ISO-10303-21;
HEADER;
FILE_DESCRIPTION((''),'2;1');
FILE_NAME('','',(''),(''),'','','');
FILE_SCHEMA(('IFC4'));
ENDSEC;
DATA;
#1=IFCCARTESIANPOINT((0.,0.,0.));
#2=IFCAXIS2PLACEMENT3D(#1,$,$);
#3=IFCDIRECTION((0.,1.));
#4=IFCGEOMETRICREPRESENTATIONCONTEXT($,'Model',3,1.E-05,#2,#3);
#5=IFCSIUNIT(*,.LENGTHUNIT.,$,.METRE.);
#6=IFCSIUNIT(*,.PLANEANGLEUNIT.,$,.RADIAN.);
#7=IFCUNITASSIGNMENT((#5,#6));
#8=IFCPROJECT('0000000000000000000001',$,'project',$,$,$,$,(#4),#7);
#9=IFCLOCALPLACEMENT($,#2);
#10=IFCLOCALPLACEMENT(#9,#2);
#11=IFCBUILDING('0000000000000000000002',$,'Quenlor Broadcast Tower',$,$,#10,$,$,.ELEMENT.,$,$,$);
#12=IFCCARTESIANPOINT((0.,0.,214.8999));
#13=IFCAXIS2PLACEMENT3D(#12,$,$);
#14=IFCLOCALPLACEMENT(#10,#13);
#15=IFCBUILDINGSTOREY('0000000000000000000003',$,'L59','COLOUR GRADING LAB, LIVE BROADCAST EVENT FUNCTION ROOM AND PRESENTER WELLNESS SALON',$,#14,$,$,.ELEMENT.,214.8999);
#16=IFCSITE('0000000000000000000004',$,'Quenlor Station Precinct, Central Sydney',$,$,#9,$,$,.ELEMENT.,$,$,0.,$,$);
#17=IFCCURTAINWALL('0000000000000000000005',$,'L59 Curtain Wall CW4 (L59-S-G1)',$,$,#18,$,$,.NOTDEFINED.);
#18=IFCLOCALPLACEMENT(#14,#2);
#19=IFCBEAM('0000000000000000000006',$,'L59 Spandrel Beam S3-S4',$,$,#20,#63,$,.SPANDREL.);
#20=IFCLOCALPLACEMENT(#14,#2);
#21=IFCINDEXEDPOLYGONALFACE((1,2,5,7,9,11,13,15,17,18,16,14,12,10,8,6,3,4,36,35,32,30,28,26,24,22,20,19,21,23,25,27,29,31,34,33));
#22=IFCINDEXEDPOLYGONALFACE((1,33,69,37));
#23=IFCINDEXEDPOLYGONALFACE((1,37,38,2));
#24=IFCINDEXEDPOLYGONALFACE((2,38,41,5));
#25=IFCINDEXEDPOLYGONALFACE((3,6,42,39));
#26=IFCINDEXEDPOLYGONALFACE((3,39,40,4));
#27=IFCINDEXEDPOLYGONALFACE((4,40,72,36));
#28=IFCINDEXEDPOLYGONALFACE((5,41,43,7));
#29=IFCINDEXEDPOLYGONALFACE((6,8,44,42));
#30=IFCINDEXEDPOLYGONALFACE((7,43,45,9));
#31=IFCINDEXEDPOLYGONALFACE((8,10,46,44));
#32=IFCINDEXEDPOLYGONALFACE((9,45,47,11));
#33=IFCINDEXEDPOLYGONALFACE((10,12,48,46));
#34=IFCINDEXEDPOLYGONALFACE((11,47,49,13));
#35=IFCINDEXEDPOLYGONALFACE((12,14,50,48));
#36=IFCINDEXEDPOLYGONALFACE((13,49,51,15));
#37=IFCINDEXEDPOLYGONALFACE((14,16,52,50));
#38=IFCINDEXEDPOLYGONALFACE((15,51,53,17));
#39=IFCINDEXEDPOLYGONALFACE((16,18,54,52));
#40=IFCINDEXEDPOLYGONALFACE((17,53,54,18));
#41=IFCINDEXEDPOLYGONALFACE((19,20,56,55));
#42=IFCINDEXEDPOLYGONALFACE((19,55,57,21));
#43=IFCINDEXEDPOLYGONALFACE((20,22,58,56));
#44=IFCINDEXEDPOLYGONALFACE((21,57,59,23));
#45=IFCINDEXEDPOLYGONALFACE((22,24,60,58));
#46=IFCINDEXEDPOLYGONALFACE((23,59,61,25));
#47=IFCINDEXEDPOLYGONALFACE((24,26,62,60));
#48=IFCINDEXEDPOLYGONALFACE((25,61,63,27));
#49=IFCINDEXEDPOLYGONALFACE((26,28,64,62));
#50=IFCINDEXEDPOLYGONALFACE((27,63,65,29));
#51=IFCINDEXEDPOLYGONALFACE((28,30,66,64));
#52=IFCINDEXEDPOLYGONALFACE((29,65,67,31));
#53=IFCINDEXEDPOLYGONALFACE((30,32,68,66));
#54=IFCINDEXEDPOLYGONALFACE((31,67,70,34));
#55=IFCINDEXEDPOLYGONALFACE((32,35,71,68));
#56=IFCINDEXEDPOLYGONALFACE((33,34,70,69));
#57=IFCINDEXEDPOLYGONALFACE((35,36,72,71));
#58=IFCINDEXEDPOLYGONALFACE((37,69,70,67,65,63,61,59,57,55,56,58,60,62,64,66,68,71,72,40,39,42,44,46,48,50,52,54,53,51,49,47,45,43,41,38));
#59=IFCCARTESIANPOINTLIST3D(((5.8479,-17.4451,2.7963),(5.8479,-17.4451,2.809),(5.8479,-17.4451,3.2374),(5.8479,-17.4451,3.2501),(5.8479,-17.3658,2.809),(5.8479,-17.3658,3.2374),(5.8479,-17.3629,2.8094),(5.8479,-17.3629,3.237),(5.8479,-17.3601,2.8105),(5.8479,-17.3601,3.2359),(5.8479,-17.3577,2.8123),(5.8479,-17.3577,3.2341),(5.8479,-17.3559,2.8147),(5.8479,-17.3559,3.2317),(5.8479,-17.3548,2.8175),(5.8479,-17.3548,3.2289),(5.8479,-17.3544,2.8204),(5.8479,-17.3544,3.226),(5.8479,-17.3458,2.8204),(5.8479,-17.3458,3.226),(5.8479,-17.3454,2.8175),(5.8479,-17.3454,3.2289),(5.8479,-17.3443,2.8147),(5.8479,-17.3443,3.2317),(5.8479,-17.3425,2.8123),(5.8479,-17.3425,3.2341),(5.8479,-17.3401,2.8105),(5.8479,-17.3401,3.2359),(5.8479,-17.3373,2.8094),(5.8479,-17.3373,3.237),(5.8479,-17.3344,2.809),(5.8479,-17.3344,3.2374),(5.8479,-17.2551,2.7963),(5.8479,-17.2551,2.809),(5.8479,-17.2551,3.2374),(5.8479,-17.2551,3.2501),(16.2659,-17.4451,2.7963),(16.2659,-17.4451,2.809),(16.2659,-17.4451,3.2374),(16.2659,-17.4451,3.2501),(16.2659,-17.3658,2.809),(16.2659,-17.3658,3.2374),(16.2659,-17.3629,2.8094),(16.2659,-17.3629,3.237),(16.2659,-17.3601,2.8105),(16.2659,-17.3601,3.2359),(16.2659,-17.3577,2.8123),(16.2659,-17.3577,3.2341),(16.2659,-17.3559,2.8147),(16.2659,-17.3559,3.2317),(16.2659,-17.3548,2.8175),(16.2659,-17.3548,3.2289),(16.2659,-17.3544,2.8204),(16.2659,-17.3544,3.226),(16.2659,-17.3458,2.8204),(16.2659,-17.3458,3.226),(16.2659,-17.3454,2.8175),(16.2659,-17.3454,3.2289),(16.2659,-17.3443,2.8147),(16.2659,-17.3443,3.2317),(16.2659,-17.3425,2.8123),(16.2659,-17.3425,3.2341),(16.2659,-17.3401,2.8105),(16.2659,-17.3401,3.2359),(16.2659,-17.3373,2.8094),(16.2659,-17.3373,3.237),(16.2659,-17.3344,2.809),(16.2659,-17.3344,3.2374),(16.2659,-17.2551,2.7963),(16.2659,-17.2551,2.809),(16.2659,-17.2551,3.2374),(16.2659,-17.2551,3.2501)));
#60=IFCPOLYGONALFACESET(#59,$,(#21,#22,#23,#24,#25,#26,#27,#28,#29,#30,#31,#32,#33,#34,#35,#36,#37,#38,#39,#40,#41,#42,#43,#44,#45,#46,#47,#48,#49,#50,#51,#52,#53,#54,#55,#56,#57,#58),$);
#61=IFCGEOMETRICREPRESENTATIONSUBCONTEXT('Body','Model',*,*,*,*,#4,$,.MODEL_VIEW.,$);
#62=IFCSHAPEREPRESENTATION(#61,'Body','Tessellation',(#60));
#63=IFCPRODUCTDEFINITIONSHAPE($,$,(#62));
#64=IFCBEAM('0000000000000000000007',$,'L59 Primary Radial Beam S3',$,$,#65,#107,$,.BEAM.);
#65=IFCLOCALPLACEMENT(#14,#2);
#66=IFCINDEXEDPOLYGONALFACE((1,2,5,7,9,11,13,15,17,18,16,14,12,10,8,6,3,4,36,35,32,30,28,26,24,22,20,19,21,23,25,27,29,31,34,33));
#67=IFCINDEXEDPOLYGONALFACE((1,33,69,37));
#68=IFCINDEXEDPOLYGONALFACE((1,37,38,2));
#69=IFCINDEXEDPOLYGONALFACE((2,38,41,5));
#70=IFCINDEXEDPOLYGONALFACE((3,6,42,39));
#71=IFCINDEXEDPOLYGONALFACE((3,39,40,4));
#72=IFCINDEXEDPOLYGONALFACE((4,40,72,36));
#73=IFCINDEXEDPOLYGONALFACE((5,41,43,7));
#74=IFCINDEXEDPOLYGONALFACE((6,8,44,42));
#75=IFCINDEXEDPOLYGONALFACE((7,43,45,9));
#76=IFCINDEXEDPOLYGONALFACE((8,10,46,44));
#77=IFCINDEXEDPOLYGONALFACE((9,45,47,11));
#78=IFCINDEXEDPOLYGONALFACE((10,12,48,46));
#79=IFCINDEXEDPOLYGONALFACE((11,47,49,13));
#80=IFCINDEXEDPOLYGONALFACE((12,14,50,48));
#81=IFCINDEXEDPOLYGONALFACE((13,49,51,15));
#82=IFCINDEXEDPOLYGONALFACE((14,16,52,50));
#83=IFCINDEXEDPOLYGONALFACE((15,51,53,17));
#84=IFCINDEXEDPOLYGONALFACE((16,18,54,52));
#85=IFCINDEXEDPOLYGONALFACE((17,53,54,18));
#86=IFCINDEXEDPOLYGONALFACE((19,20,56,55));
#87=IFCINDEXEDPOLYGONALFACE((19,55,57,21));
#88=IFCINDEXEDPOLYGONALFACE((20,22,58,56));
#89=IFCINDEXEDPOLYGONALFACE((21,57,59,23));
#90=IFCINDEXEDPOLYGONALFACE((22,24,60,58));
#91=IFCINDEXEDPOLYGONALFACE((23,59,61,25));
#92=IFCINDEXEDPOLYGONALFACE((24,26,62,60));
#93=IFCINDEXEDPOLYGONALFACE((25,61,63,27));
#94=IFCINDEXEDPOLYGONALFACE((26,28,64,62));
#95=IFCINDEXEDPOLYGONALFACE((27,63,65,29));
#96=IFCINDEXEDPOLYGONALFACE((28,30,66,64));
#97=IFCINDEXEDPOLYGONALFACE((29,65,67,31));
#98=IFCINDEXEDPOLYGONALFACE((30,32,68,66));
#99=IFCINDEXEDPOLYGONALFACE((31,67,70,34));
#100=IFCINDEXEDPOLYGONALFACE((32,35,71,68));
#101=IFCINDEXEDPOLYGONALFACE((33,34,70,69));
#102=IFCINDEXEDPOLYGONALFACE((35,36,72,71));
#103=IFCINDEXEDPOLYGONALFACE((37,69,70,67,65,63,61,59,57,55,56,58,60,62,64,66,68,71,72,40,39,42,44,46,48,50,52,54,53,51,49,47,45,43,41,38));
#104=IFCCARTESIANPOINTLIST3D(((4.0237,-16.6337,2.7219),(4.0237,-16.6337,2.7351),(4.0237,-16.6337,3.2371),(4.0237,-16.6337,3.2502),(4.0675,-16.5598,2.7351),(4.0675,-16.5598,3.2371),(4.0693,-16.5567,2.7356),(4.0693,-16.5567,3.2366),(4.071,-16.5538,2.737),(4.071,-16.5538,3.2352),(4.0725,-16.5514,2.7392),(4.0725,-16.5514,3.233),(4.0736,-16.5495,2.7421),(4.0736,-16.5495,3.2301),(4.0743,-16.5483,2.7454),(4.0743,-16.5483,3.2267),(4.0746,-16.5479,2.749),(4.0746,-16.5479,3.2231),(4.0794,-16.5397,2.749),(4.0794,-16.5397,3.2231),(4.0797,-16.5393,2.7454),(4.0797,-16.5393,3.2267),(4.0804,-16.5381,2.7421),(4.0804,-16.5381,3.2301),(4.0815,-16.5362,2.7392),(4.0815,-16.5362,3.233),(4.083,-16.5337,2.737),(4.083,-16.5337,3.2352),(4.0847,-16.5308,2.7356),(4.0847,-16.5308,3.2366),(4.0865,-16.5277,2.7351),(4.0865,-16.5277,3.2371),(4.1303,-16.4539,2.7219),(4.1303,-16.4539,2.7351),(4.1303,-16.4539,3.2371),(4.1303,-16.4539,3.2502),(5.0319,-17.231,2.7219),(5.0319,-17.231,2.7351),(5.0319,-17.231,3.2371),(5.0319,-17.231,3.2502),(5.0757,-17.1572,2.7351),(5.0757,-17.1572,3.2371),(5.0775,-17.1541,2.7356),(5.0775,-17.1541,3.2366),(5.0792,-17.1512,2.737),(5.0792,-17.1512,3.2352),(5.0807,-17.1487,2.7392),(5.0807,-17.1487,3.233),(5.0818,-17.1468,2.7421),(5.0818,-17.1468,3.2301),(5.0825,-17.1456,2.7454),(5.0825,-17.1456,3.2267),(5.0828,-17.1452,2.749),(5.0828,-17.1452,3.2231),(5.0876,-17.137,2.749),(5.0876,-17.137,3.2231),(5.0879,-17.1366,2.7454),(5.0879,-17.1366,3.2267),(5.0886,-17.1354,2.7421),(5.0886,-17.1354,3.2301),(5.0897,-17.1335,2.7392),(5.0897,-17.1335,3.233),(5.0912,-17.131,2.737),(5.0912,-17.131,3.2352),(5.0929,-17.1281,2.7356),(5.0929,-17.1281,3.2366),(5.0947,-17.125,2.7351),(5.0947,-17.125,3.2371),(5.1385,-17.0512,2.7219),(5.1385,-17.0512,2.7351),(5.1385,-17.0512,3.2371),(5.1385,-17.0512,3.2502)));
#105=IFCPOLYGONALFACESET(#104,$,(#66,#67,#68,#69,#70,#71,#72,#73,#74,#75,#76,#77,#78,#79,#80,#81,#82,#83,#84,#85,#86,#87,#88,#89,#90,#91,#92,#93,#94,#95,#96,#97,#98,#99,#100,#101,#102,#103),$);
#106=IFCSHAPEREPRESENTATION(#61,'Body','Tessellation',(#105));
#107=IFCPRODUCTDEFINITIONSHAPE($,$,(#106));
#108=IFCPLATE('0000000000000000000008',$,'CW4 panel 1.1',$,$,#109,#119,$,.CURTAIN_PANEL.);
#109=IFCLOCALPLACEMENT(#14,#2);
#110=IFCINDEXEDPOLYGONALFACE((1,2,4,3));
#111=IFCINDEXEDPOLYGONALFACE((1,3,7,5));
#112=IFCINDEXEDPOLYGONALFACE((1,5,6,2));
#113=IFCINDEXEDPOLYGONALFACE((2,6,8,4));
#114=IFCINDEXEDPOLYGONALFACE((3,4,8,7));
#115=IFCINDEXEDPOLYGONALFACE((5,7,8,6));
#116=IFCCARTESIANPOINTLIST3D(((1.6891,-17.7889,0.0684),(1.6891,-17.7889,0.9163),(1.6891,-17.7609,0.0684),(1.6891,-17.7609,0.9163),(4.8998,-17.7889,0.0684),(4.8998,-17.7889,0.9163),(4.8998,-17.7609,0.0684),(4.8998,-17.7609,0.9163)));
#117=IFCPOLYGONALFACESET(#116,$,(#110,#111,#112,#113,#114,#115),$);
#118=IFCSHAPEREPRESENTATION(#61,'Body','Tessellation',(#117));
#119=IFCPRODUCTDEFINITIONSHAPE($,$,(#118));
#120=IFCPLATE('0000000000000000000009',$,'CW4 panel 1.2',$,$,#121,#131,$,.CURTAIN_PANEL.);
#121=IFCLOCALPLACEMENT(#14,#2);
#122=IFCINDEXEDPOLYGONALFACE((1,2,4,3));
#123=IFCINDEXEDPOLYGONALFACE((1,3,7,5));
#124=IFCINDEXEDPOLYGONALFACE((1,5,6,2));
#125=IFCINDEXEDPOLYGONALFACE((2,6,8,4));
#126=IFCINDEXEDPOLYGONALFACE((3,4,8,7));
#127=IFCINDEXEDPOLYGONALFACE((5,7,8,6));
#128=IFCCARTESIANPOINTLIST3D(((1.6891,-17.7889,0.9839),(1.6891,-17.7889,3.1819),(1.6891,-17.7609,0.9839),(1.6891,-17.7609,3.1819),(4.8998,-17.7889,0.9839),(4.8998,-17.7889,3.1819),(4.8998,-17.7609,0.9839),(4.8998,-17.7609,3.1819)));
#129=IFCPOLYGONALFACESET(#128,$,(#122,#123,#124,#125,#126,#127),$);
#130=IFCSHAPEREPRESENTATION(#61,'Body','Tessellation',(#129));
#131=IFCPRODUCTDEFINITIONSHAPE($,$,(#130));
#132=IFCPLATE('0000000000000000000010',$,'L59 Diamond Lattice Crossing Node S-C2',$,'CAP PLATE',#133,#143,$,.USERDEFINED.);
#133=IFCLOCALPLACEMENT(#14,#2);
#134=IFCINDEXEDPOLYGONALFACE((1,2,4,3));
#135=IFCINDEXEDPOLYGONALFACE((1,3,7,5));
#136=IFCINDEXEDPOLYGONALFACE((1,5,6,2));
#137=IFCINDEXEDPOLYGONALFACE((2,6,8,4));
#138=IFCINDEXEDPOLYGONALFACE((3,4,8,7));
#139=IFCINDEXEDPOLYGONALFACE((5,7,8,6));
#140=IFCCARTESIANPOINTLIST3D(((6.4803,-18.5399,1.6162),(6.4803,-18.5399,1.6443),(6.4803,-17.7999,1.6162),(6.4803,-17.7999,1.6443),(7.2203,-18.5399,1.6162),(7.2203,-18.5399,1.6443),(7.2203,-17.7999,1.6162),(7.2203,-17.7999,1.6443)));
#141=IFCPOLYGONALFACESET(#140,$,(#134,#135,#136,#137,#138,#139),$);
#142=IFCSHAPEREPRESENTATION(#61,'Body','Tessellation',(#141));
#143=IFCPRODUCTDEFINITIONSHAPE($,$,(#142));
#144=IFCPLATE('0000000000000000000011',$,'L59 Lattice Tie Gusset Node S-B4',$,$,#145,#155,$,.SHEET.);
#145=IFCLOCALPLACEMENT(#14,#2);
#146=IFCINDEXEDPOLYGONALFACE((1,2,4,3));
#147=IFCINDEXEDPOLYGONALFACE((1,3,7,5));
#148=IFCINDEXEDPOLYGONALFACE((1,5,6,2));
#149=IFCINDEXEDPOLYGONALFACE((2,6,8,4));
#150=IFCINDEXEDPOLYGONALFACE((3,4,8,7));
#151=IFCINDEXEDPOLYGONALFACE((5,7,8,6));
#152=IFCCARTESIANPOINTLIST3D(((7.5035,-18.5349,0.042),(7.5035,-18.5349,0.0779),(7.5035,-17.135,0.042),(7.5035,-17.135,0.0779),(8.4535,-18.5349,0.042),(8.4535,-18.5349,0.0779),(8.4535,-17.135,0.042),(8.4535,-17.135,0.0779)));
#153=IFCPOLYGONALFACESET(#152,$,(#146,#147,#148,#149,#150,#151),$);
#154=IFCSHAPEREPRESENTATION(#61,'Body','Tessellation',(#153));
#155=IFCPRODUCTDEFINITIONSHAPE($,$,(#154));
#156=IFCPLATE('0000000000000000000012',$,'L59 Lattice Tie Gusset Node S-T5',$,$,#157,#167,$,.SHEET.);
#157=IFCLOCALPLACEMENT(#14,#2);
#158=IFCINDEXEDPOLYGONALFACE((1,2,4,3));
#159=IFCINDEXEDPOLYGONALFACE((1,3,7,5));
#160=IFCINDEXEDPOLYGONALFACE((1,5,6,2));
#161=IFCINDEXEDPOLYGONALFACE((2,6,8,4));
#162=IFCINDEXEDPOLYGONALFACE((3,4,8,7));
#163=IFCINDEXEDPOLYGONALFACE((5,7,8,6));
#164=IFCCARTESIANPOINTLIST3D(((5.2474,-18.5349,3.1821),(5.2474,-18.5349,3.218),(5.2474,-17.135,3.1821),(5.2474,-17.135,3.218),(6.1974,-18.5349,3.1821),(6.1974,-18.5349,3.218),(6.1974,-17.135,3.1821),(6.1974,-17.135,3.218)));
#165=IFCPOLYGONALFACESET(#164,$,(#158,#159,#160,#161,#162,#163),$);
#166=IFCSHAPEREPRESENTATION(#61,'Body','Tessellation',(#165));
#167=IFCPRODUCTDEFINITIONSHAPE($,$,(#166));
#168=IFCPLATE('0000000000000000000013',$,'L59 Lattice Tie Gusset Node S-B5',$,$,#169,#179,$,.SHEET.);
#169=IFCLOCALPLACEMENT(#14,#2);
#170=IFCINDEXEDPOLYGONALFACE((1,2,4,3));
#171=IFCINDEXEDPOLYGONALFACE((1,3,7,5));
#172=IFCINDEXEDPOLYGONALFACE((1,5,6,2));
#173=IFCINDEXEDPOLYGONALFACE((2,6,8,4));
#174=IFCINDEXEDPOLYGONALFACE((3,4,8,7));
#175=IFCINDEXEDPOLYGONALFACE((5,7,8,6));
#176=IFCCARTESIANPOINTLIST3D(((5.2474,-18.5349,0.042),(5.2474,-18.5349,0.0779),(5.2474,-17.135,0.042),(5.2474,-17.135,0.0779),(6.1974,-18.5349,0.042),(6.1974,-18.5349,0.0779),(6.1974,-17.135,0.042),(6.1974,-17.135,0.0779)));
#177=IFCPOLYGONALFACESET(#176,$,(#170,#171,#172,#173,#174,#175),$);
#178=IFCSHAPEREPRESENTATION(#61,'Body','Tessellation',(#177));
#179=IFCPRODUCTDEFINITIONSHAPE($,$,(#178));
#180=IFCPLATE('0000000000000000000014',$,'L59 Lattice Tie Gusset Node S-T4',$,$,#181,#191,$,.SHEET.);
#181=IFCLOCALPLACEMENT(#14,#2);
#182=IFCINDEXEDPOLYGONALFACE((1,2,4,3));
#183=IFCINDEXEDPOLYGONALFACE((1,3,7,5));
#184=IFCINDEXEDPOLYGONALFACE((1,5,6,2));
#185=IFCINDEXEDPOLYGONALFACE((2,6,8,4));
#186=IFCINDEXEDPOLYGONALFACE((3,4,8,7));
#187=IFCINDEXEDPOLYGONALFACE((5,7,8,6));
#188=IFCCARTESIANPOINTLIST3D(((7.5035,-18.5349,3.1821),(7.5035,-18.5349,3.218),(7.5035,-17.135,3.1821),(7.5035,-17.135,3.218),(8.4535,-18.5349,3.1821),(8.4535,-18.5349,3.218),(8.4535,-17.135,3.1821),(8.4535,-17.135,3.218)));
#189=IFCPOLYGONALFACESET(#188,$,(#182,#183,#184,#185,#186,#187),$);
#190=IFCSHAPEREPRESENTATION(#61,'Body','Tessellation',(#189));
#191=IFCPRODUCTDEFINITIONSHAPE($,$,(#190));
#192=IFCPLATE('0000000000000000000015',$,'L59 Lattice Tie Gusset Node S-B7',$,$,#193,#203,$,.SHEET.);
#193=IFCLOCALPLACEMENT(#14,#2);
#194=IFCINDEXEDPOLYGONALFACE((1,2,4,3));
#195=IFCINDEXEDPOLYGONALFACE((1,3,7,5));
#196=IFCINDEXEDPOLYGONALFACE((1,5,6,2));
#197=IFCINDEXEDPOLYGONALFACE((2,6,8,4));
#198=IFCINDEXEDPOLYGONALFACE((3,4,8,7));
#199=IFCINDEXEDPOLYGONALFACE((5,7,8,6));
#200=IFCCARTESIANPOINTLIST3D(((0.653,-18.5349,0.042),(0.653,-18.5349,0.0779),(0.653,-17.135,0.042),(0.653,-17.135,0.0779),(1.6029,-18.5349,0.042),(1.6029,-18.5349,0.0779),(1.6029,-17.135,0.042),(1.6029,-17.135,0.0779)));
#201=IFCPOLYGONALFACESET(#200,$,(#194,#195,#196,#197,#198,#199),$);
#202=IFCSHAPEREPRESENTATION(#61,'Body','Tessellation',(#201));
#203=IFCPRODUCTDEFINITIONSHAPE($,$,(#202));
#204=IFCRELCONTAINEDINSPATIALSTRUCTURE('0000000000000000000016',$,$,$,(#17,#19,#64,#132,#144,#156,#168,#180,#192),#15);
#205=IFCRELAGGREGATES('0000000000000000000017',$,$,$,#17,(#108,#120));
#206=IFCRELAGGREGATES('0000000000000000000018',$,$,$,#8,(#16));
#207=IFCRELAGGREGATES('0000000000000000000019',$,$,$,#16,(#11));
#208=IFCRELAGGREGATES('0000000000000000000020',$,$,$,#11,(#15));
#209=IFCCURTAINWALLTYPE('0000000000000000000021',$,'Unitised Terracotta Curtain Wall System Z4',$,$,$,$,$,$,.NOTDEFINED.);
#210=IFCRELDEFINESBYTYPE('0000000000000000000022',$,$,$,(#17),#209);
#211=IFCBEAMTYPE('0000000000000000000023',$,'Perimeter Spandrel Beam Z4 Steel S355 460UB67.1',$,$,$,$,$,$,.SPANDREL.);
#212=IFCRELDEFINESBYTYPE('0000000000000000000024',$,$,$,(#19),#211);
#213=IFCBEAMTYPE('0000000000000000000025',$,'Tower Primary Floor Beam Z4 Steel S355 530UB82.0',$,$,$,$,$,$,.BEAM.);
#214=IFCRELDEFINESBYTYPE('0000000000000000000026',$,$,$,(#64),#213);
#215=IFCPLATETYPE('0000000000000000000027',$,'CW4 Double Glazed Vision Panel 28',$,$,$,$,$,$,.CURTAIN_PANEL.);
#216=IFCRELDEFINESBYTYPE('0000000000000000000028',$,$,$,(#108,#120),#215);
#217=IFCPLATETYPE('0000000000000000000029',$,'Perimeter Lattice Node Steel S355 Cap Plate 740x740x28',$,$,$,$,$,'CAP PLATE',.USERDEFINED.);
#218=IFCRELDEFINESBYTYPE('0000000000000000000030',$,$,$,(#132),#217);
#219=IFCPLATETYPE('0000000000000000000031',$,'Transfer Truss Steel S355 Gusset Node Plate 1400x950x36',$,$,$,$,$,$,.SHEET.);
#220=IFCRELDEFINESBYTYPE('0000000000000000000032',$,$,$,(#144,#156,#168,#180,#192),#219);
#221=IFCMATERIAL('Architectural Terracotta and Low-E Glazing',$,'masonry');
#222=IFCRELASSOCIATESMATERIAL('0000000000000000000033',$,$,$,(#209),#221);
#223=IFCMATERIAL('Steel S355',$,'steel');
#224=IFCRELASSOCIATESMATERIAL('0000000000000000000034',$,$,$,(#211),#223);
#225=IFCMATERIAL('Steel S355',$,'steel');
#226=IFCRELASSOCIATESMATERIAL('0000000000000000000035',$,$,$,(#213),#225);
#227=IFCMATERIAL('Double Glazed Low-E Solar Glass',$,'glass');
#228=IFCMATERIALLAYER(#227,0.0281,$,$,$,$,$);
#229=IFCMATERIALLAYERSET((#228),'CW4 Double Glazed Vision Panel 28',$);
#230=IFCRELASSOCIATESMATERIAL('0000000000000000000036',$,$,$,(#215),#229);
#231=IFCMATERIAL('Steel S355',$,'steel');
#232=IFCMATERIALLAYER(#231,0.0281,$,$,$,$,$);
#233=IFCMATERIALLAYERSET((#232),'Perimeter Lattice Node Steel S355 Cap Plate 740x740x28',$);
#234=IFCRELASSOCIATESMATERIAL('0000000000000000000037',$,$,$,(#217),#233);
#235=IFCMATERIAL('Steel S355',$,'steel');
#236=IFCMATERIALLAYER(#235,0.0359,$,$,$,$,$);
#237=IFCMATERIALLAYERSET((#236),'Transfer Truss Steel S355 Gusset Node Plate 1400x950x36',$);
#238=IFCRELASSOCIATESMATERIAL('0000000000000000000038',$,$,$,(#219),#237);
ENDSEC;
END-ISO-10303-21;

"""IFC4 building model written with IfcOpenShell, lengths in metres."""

from ifc_helpers import new_model, si_unit, direction, frame, origin, origin_2d, place, context, subcontext, project, spatial, rectangle, i_section, extrude, material, layer, layer_set, material_profile, profile_set, type_object, element, aggregate, save


model = new_model("IFC4")

# Units and contexts
model_context = context("Model", 3, precision=1e-05, world=origin(), true_north=direction((0.0, 1.0)))
body_context = subcontext(model_context, "Body", "Model", "MODEL_VIEW")
ifc_project = project(units=[si_unit("LENGTHUNIT", "METRE"), si_unit("PLANEANGLEUNIT", "RADIAN")], contexts=[model_context])

# Site, building, storey
site_placement = place(None, origin())
site = spatial("IfcSite", under=ifc_project, at=site_placement, Name="Quenlor Station Precinct, Central Sydney", CompositionType="ELEMENT", RefElevation=0.0)
building_placement = place(site_placement, origin())
building = spatial("IfcBuilding", under=site, at=building_placement, Name="Quenlor Broadcast Tower", CompositionType="ELEMENT")
storey_placement = place(building_placement, frame((0.0, 0.0, 214.8999)))
storey = spatial("IfcBuildingStorey", under=building, at=storey_placement, Name="L59", Description="COLOUR GRADING LAB, LIVE BROADCAST EVENT FUNCTION ROOM AND PRESENTER WELLNESS SALON", CompositionType="ELEMENT", Elevation=214.8999)

# Curtain wall
ifc_material_1 = material(Name="Architectural Terracotta and Low-E Glazing", Category="masonry")
curtain_wall_type = type_object("IfcCurtainWallType", Name="Unitised Terracotta Curtain Wall System Z4", PredefinedType="NOTDEFINED", material=ifc_material_1)
curtain_wall_placement = place(storey_placement, origin())
curtain_wall = element("IfcCurtainWall", 1, at=curtain_wall_placement, inside=storey, type_object=curtain_wall_type, Name="L59 Curtain Wall CW4 (L59-S-G1)", PredefinedType="NOTDEFINED")

# Beams
ifc_material_2 = material(Name="Steel S355", Category="steel")
ifc_material_profile_1 = material_profile(ifc_material_2, i_section(OverallWidth=0.1899, OverallDepth=0.4539, WebThickness=0.0085, FlangeThickness=0.0127, FilletRadius=0.0115, at=origin_2d()))
ifc_profile_set_1 = profile_set([ifc_material_profile_1], Name="Steel S355 460UB67.1")
beam_type_1 = type_object("IfcBeamType", Name="Perimeter Spandrel Beam Z4 Steel S355 460UB67.1", PredefinedType="SPANDREL", material=ifc_profile_set_1)
beam_1_placement = place(storey_placement, frame((5.8479, -17.3501, 3.0232), z_axis=(1.0, 0.0, 0.0), x_axis=(0.0, 1.0, 0.0)))
element("IfcBeam", 2, at=beam_1_placement, inside=storey, type_object=beam_type_1, Name="L59 Spandrel Beam S3-S4", PredefinedType="SPANDREL", context=body_context, shape_type="SweptSolid", body=[
    extrude(i_section(OverallWidth=0.1899, OverallDepth=0.4539, WebThickness=0.0085, FlangeThickness=0.0127, FilletRadius=0.0115, at=origin_2d()), origin(), (0.0, 0.0, 1.0), 10.418),
])
ifc_material_3 = material(Name="Steel S355", Category="steel")
ifc_material_profile_2 = material_profile(ifc_material_3, i_section(OverallWidth=0.209, OverallDepth=0.5283, WebThickness=0.0095, FlangeThickness=0.0132, FilletRadius=0.0139, at=origin_2d()))
ifc_profile_set_2 = profile_set([ifc_material_profile_2], Name="Steel S355 530UB82.0")
beam_type_2 = type_object("IfcBeamType", Name="Tower Primary Floor Beam Z4 Steel S355 530UB82.0", PredefinedType="BEAM", material=ifc_profile_set_2)
beam_2_placement = place(storey_placement, frame((5.0852, -17.1411, 2.9861), z_axis=(-0.860329, 0.50974, 0.0), x_axis=(-0.50974, -0.860329, 0.0)))
element("IfcBeam", 3, at=beam_2_placement, inside=storey, type_object=beam_type_2, Name="L59 Primary Radial Beam S3", PredefinedType="BEAM", context=body_context, shape_type="SweptSolid", body=[
    extrude(i_section(OverallWidth=0.209, OverallDepth=0.5283, WebThickness=0.0095, FlangeThickness=0.0132, FilletRadius=0.0139, at=origin_2d()), origin(), (0.0, 0.0, 1.0), 1.1719),
])

# Plates
ifc_material_4 = material(Name="Double Glazed Low-E Solar Glass", Category="glass")
ifc_layer_1 = layer(ifc_material_4, 0.0281)
ifc_layer_set_1 = layer_set([ifc_layer_1], Name="CW4 Double Glazed Vision Panel 28")
plate_type_1 = type_object("IfcPlateType", Name="CW4 Double Glazed Vision Panel 28", PredefinedType="CURTAIN_PANEL", material=ifc_layer_set_1)
plate_1_placement = place(storey_placement, frame((3.2944, -17.7749, 0.0684), z_axis=(0.0, 0.0, 1.0), x_axis=(-1.0, 0.0, 0.0)))
plate_1 = element("IfcPlate", 4, at=plate_1_placement, type_object=plate_type_1, Name="CW4 panel 1.1", PredefinedType="CURTAIN_PANEL", context=body_context, shape_type="SweptSolid", body=[
    extrude(rectangle(XDim=3.2107, YDim=0.0281, at=origin_2d()), origin(), (0.0, 0.0, 1.0), 0.8479),
])
plate_2_placement = place(storey_placement, frame((3.2944, -17.7749, 0.9839), z_axis=(0.0, 0.0, 1.0), x_axis=(-1.0, 0.0, 0.0)))
plate_2 = element("IfcPlate", 5, at=plate_2_placement, type_object=plate_type_1, Name="CW4 panel 1.2", PredefinedType="CURTAIN_PANEL", context=body_context, shape_type="SweptSolid", body=[
    extrude(rectangle(XDim=3.2107, YDim=0.0281, at=origin_2d()), origin(), (0.0, 0.0, 1.0), 2.198),
])
aggregate(curtain_wall, [plate_1, plate_2])

# Plates
ifc_material_5 = material(Name="Steel S355", Category="steel")
ifc_layer_2 = layer(ifc_material_5, 0.0281)
ifc_layer_set_2 = layer_set([ifc_layer_2], Name="Perimeter Lattice Node Steel S355 Cap Plate 740x740x28")
plate_type_2 = type_object("IfcPlateType", Name="Perimeter Lattice Node Steel S355 Cap Plate 740x740x28", ElementType="CAP PLATE", PredefinedType="USERDEFINED", material=ifc_layer_set_2)
plate_3_placement = place(storey_placement, frame((6.8503, -18.1699, 1.6162), z_axis=(0.0, 0.0, 1.0), x_axis=(-1.0, 0.0, 0.0)))
element("IfcPlate", 6, at=plate_3_placement, inside=storey, type_object=plate_type_2, Name="L59 Diamond Lattice Crossing Node S-C2", ObjectType="CAP PLATE", PredefinedType="USERDEFINED", context=body_context, shape_type="SweptSolid", body=[
    extrude(rectangle(XDim=0.74, YDim=0.74, at=origin_2d()), origin(), (0.0, 0.0, 1.0), 0.0281),
])
ifc_material_6 = material(Name="Steel S355", Category="steel")
ifc_layer_3 = layer(ifc_material_6, 0.0359)
ifc_layer_set_3 = layer_set([ifc_layer_3], Name="Transfer Truss Steel S355 Gusset Node Plate 1400x950x36")
plate_type_3 = type_object("IfcPlateType", Name="Transfer Truss Steel S355 Gusset Node Plate 1400x950x36", PredefinedType="SHEET", material=ifc_layer_set_3)
for number, where, z_axis, x_axis, name in (
    (7, (7.9785, -17.835, 0.042), (0.0, 0.0, 1.0), (0.0, -1.0, 0.0), "L59 Lattice Tie Gusset Node S-B4"),
    (8, (5.7224, -17.835, 3.1821), (0.0, 0.0, 1.0), (0.0, -1.0, 0.0), "L59 Lattice Tie Gusset Node S-T5"),
    (9, (5.7224, -17.835, 0.042), (0.0, 0.0, 1.0), (0.0, -1.0, 0.0), "L59 Lattice Tie Gusset Node S-B5"),
    (10, (7.9785, -17.835, 3.1821), (0.0, 0.0, 1.0), (0.0, -1.0, 0.0), "L59 Lattice Tie Gusset Node S-T4"),
    (11, (1.1279, -17.835, 0.042), (0.0, 0.0, 1.0), (0.0, -1.0, 0.0), "L59 Lattice Tie Gusset Node S-B7"),
):
    element("IfcPlate", number, at=place(storey_placement, frame(where, z_axis=z_axis, x_axis=x_axis)), inside=storey, type_object=plate_type_3, Name=name, PredefinedType="SHEET", context=body_context, shape_type="SweptSolid", body=[
        extrude(rectangle(XDim=1.3999, YDim=0.95, at=origin_2d()), origin(), (0.0, 0.0, 1.0), 0.0359),
    ])

save(model, "model.ifc")
